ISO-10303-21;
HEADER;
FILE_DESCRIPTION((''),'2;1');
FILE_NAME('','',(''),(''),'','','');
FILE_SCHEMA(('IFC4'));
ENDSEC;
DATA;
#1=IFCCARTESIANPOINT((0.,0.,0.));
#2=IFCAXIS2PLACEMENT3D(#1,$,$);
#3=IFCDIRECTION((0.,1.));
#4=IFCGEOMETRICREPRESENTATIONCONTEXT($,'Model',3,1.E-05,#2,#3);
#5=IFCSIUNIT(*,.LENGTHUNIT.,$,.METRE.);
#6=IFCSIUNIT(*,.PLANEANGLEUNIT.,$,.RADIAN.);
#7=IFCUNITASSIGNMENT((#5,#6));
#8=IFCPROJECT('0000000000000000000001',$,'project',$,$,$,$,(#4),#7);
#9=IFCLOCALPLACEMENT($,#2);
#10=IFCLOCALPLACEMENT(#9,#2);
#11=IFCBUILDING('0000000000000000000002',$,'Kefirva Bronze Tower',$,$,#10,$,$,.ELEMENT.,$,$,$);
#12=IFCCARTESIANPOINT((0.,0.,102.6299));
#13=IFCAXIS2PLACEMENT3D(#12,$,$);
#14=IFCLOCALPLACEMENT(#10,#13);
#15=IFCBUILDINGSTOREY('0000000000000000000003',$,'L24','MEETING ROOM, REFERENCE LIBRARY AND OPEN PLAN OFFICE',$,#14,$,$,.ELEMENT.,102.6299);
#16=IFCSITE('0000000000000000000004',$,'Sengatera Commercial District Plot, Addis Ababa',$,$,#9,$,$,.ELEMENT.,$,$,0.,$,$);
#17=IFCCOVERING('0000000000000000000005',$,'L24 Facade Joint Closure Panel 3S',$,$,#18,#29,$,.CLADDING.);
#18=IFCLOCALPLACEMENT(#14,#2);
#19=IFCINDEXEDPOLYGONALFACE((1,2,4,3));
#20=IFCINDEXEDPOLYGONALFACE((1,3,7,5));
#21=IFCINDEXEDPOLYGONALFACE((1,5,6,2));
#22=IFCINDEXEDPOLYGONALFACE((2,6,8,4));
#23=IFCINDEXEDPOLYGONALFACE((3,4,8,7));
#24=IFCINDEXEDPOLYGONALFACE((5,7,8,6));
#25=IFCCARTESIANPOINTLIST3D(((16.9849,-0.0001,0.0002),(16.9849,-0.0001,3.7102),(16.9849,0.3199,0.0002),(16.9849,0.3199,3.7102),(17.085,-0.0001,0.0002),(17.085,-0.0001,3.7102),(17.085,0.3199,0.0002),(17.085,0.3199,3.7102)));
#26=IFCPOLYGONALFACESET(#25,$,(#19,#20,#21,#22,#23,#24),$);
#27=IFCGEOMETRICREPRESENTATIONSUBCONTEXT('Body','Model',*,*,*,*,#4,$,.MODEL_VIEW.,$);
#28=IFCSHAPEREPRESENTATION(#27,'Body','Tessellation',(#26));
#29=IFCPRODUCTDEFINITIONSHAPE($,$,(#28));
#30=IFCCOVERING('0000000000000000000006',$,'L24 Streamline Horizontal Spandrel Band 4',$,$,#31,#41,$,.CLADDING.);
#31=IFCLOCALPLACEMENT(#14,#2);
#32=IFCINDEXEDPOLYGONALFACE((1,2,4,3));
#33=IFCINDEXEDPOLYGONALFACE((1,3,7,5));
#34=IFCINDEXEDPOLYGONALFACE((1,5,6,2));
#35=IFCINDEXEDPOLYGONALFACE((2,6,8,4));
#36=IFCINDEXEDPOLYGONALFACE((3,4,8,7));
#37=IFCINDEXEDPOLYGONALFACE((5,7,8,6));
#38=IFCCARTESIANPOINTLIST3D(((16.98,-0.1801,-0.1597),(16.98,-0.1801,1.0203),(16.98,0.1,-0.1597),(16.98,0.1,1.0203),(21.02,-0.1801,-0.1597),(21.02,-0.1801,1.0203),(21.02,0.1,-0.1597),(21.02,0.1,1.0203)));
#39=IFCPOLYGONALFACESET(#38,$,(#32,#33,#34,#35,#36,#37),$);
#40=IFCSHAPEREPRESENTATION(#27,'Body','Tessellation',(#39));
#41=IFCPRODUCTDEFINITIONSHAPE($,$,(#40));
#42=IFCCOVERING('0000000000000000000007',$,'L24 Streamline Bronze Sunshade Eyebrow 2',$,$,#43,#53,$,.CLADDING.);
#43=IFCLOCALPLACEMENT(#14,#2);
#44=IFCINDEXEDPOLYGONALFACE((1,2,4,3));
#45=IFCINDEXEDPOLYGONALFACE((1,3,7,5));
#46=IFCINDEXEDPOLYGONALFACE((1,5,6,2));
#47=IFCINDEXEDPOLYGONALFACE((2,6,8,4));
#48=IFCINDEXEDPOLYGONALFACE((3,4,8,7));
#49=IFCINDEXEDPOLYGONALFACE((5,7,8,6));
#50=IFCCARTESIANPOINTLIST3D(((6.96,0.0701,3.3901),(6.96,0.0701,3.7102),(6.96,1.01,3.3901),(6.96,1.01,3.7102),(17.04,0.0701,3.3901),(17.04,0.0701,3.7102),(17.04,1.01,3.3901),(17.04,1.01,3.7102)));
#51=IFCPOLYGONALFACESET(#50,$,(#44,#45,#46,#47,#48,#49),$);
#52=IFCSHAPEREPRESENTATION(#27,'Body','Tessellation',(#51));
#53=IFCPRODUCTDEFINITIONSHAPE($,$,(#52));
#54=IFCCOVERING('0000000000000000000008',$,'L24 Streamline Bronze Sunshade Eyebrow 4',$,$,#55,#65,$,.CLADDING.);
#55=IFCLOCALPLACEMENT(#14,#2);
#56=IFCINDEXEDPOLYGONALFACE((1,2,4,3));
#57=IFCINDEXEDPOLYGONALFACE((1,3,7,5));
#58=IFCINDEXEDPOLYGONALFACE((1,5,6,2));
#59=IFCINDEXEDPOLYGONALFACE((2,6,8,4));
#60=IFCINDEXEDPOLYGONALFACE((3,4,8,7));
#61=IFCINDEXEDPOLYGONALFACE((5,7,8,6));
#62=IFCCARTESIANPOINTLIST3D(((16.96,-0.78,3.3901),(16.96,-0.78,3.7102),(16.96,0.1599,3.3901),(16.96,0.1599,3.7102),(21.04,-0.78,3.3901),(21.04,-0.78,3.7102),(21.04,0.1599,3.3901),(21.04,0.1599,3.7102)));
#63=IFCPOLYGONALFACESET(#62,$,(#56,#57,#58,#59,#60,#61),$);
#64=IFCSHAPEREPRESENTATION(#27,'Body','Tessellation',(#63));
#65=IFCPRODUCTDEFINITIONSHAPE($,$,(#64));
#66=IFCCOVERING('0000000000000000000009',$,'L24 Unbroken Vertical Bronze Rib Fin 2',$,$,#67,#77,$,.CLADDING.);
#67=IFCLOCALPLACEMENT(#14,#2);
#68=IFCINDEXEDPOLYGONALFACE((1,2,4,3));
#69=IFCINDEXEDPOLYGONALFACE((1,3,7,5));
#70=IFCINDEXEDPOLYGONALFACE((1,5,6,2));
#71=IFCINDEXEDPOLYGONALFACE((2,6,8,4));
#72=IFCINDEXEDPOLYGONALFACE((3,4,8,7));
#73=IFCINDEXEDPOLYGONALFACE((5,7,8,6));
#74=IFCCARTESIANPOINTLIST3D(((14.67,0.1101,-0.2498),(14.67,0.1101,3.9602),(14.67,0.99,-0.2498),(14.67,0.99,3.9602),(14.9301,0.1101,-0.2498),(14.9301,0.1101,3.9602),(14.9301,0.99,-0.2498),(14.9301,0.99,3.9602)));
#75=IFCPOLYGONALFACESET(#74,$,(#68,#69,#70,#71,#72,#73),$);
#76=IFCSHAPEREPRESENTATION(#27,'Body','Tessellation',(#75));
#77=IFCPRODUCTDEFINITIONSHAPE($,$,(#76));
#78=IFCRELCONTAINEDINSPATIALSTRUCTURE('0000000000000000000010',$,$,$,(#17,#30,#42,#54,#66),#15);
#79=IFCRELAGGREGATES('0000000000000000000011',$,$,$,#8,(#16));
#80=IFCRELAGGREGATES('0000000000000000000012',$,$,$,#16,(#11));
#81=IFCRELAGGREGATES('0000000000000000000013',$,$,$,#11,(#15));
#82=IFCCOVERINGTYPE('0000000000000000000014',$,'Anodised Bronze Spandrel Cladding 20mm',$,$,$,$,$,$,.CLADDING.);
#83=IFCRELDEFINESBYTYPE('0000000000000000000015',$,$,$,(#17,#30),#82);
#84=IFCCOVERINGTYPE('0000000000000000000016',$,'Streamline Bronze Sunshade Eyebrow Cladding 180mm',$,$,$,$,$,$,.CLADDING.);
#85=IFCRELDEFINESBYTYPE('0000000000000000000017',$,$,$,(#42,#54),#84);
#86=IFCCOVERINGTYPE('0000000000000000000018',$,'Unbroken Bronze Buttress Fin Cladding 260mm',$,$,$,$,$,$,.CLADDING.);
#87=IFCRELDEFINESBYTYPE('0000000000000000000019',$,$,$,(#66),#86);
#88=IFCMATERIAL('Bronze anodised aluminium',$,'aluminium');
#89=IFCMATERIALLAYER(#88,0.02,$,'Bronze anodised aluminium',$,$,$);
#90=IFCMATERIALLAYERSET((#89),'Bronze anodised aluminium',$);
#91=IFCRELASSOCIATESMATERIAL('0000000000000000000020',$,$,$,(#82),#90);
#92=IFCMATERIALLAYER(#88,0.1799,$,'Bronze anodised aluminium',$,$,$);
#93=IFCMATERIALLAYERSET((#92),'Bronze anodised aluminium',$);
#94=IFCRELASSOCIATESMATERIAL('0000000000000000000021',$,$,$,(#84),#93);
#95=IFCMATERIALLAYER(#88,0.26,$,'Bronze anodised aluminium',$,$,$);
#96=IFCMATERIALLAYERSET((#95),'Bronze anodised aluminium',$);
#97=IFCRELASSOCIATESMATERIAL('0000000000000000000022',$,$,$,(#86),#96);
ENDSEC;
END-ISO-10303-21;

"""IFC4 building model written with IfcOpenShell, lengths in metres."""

from ifc_helpers import new_model, si_unit, direction, frame, origin, origin_2d, place, context, subcontext, project, spatial, rectangle, extrude, material, layer, layer_set, type_object, element, save


model = new_model("IFC4")

# Units and contexts
model_context = context("Model", 3, precision=1e-05, world=origin(), true_north=direction((0.0, 1.0)))
body_context = subcontext(model_context, "Body", "Model", "MODEL_VIEW")
ifc_project = project(units=[si_unit("LENGTHUNIT", "METRE"), si_unit("PLANEANGLEUNIT", "RADIAN")], contexts=[model_context])

# Site, building, storey
site_placement = place(None, origin())
site = spatial("IfcSite", under=ifc_project, at=site_placement, Name="Sengatera Commercial District Plot, Addis Ababa", CompositionType="ELEMENT", RefElevation=0.0)
building_placement = place(site_placement, origin())
building = spatial("IfcBuilding", under=site, at=building_placement, Name="Kefirva Bronze Tower", CompositionType="ELEMENT")
storey_placement = place(building_placement, frame((0.0, 0.0, 102.6299)))
storey = spatial("IfcBuildingStorey", under=building, at=storey_placement, Name="L24", Description="MEETING ROOM, REFERENCE LIBRARY AND OPEN PLAN OFFICE", CompositionType="ELEMENT", Elevation=102.6299)

# Coverings
ifc_material_1 = material(Name="Bronze anodised aluminium", Category="aluminium")
ifc_layer_1 = layer(ifc_material_1, 0.02, Name="Bronze anodised aluminium")
ifc_layer_set_1 = layer_set([ifc_layer_1], Name="Bronze anodised aluminium")
covering_type_1 = type_object("IfcCoveringType", Name="Anodised Bronze Spandrel Cladding 20mm", PredefinedType="CLADDING", material=ifc_layer_set_1)
covering_1_placement = place(storey_placement, frame((17.0349, 0.1599, 0.0002), z_axis=(0.0, 0.0, 1.0), x_axis=(1.0, 0.0, 0.0)))
element("IfcCovering", 1, at=covering_1_placement, inside=storey, type_object=covering_type_1, Name="L24 Facade Joint Closure Panel 3S", PredefinedType="CLADDING", context=body_context, shape_type="SweptSolid", body=[
    extrude(rectangle(XDim=0.1001, YDim=0.3201, at=origin_2d()), origin(), (0.0, 0.0, 1.0), 3.71),
])
covering_2_placement = place(storey_placement, frame((19.0, -0.04, -0.1597), z_axis=(0.0, 0.0, 1.0), x_axis=(1.0, 0.0, 0.0)))
element("IfcCovering", 2, at=covering_2_placement, inside=storey, type_object=covering_type_1, Name="L24 Streamline Horizontal Spandrel Band 4", PredefinedType="CLADDING", context=body_context, shape_type="SweptSolid", body=[
    extrude(rectangle(XDim=4.04, YDim=0.28, at=origin_2d()), origin(), (0.0, 0.0, 1.0), 1.1799),
])
ifc_layer_2 = layer(ifc_material_1, 0.1799, Name="Bronze anodised aluminium")
ifc_layer_set_2 = layer_set([ifc_layer_2], Name="Bronze anodised aluminium")
covering_type_2 = type_object("IfcCoveringType", Name="Streamline Bronze Sunshade Eyebrow Cladding 180mm", PredefinedType="CLADDING", material=ifc_layer_set_2)
covering_3_placement = place(storey_placement, frame((12.0, 0.54, 3.3901), z_axis=(0.0, 0.0, 1.0), x_axis=(1.0, 0.0, 0.0)))
element("IfcCovering", 3, at=covering_3_placement, inside=storey, type_object=covering_type_2, Name="L24 Streamline Bronze Sunshade Eyebrow 2", PredefinedType="CLADDING", context=body_context, shape_type="SweptSolid", body=[
    extrude(rectangle(XDim=10.0801, YDim=0.9399, at=origin_2d()), origin(), (0.0, 0.0, 1.0), 0.3201),
])
covering_4_placement = place(storey_placement, frame((19.0, -0.3101, 3.3901), z_axis=(0.0, 0.0, 1.0), x_axis=(1.0, 0.0, 0.0)))
element("IfcCovering", 4, at=covering_4_placement, inside=storey, type_object=covering_type_2, Name="L24 Streamline Bronze Sunshade Eyebrow 4", PredefinedType="CLADDING", context=body_context, shape_type="SweptSolid", body=[
    extrude(rectangle(XDim=4.0801, YDim=0.9399, at=origin_2d()), origin(), (0.0, 0.0, 1.0), 0.3201),
])
ifc_layer_3 = layer(ifc_material_1, 0.26, Name="Bronze anodised aluminium")
ifc_layer_set_3 = layer_set([ifc_layer_3], Name="Bronze anodised aluminium")
covering_type_3 = type_object("IfcCoveringType", Name="Unbroken Bronze Buttress Fin Cladding 260mm", PredefinedType="CLADDING", material=ifc_layer_set_3)
covering_5_placement = place(storey_placement, frame((14.8, 0.55, -0.2498), z_axis=(0.0, 0.0, 1.0), x_axis=(1.0, 0.0, 0.0)))
element("IfcCovering", 5, at=covering_5_placement, inside=storey, type_object=covering_type_3, Name="L24 Unbroken Vertical Bronze Rib Fin 2", PredefinedType="CLADDING", context=body_context, shape_type="SweptSolid", body=[
    extrude(rectangle(XDim=0.26, YDim=0.8799, at=origin_2d()), origin(), (0.0, 0.0, 1.0), 4.21),
])

save(model, "model.ifc")
